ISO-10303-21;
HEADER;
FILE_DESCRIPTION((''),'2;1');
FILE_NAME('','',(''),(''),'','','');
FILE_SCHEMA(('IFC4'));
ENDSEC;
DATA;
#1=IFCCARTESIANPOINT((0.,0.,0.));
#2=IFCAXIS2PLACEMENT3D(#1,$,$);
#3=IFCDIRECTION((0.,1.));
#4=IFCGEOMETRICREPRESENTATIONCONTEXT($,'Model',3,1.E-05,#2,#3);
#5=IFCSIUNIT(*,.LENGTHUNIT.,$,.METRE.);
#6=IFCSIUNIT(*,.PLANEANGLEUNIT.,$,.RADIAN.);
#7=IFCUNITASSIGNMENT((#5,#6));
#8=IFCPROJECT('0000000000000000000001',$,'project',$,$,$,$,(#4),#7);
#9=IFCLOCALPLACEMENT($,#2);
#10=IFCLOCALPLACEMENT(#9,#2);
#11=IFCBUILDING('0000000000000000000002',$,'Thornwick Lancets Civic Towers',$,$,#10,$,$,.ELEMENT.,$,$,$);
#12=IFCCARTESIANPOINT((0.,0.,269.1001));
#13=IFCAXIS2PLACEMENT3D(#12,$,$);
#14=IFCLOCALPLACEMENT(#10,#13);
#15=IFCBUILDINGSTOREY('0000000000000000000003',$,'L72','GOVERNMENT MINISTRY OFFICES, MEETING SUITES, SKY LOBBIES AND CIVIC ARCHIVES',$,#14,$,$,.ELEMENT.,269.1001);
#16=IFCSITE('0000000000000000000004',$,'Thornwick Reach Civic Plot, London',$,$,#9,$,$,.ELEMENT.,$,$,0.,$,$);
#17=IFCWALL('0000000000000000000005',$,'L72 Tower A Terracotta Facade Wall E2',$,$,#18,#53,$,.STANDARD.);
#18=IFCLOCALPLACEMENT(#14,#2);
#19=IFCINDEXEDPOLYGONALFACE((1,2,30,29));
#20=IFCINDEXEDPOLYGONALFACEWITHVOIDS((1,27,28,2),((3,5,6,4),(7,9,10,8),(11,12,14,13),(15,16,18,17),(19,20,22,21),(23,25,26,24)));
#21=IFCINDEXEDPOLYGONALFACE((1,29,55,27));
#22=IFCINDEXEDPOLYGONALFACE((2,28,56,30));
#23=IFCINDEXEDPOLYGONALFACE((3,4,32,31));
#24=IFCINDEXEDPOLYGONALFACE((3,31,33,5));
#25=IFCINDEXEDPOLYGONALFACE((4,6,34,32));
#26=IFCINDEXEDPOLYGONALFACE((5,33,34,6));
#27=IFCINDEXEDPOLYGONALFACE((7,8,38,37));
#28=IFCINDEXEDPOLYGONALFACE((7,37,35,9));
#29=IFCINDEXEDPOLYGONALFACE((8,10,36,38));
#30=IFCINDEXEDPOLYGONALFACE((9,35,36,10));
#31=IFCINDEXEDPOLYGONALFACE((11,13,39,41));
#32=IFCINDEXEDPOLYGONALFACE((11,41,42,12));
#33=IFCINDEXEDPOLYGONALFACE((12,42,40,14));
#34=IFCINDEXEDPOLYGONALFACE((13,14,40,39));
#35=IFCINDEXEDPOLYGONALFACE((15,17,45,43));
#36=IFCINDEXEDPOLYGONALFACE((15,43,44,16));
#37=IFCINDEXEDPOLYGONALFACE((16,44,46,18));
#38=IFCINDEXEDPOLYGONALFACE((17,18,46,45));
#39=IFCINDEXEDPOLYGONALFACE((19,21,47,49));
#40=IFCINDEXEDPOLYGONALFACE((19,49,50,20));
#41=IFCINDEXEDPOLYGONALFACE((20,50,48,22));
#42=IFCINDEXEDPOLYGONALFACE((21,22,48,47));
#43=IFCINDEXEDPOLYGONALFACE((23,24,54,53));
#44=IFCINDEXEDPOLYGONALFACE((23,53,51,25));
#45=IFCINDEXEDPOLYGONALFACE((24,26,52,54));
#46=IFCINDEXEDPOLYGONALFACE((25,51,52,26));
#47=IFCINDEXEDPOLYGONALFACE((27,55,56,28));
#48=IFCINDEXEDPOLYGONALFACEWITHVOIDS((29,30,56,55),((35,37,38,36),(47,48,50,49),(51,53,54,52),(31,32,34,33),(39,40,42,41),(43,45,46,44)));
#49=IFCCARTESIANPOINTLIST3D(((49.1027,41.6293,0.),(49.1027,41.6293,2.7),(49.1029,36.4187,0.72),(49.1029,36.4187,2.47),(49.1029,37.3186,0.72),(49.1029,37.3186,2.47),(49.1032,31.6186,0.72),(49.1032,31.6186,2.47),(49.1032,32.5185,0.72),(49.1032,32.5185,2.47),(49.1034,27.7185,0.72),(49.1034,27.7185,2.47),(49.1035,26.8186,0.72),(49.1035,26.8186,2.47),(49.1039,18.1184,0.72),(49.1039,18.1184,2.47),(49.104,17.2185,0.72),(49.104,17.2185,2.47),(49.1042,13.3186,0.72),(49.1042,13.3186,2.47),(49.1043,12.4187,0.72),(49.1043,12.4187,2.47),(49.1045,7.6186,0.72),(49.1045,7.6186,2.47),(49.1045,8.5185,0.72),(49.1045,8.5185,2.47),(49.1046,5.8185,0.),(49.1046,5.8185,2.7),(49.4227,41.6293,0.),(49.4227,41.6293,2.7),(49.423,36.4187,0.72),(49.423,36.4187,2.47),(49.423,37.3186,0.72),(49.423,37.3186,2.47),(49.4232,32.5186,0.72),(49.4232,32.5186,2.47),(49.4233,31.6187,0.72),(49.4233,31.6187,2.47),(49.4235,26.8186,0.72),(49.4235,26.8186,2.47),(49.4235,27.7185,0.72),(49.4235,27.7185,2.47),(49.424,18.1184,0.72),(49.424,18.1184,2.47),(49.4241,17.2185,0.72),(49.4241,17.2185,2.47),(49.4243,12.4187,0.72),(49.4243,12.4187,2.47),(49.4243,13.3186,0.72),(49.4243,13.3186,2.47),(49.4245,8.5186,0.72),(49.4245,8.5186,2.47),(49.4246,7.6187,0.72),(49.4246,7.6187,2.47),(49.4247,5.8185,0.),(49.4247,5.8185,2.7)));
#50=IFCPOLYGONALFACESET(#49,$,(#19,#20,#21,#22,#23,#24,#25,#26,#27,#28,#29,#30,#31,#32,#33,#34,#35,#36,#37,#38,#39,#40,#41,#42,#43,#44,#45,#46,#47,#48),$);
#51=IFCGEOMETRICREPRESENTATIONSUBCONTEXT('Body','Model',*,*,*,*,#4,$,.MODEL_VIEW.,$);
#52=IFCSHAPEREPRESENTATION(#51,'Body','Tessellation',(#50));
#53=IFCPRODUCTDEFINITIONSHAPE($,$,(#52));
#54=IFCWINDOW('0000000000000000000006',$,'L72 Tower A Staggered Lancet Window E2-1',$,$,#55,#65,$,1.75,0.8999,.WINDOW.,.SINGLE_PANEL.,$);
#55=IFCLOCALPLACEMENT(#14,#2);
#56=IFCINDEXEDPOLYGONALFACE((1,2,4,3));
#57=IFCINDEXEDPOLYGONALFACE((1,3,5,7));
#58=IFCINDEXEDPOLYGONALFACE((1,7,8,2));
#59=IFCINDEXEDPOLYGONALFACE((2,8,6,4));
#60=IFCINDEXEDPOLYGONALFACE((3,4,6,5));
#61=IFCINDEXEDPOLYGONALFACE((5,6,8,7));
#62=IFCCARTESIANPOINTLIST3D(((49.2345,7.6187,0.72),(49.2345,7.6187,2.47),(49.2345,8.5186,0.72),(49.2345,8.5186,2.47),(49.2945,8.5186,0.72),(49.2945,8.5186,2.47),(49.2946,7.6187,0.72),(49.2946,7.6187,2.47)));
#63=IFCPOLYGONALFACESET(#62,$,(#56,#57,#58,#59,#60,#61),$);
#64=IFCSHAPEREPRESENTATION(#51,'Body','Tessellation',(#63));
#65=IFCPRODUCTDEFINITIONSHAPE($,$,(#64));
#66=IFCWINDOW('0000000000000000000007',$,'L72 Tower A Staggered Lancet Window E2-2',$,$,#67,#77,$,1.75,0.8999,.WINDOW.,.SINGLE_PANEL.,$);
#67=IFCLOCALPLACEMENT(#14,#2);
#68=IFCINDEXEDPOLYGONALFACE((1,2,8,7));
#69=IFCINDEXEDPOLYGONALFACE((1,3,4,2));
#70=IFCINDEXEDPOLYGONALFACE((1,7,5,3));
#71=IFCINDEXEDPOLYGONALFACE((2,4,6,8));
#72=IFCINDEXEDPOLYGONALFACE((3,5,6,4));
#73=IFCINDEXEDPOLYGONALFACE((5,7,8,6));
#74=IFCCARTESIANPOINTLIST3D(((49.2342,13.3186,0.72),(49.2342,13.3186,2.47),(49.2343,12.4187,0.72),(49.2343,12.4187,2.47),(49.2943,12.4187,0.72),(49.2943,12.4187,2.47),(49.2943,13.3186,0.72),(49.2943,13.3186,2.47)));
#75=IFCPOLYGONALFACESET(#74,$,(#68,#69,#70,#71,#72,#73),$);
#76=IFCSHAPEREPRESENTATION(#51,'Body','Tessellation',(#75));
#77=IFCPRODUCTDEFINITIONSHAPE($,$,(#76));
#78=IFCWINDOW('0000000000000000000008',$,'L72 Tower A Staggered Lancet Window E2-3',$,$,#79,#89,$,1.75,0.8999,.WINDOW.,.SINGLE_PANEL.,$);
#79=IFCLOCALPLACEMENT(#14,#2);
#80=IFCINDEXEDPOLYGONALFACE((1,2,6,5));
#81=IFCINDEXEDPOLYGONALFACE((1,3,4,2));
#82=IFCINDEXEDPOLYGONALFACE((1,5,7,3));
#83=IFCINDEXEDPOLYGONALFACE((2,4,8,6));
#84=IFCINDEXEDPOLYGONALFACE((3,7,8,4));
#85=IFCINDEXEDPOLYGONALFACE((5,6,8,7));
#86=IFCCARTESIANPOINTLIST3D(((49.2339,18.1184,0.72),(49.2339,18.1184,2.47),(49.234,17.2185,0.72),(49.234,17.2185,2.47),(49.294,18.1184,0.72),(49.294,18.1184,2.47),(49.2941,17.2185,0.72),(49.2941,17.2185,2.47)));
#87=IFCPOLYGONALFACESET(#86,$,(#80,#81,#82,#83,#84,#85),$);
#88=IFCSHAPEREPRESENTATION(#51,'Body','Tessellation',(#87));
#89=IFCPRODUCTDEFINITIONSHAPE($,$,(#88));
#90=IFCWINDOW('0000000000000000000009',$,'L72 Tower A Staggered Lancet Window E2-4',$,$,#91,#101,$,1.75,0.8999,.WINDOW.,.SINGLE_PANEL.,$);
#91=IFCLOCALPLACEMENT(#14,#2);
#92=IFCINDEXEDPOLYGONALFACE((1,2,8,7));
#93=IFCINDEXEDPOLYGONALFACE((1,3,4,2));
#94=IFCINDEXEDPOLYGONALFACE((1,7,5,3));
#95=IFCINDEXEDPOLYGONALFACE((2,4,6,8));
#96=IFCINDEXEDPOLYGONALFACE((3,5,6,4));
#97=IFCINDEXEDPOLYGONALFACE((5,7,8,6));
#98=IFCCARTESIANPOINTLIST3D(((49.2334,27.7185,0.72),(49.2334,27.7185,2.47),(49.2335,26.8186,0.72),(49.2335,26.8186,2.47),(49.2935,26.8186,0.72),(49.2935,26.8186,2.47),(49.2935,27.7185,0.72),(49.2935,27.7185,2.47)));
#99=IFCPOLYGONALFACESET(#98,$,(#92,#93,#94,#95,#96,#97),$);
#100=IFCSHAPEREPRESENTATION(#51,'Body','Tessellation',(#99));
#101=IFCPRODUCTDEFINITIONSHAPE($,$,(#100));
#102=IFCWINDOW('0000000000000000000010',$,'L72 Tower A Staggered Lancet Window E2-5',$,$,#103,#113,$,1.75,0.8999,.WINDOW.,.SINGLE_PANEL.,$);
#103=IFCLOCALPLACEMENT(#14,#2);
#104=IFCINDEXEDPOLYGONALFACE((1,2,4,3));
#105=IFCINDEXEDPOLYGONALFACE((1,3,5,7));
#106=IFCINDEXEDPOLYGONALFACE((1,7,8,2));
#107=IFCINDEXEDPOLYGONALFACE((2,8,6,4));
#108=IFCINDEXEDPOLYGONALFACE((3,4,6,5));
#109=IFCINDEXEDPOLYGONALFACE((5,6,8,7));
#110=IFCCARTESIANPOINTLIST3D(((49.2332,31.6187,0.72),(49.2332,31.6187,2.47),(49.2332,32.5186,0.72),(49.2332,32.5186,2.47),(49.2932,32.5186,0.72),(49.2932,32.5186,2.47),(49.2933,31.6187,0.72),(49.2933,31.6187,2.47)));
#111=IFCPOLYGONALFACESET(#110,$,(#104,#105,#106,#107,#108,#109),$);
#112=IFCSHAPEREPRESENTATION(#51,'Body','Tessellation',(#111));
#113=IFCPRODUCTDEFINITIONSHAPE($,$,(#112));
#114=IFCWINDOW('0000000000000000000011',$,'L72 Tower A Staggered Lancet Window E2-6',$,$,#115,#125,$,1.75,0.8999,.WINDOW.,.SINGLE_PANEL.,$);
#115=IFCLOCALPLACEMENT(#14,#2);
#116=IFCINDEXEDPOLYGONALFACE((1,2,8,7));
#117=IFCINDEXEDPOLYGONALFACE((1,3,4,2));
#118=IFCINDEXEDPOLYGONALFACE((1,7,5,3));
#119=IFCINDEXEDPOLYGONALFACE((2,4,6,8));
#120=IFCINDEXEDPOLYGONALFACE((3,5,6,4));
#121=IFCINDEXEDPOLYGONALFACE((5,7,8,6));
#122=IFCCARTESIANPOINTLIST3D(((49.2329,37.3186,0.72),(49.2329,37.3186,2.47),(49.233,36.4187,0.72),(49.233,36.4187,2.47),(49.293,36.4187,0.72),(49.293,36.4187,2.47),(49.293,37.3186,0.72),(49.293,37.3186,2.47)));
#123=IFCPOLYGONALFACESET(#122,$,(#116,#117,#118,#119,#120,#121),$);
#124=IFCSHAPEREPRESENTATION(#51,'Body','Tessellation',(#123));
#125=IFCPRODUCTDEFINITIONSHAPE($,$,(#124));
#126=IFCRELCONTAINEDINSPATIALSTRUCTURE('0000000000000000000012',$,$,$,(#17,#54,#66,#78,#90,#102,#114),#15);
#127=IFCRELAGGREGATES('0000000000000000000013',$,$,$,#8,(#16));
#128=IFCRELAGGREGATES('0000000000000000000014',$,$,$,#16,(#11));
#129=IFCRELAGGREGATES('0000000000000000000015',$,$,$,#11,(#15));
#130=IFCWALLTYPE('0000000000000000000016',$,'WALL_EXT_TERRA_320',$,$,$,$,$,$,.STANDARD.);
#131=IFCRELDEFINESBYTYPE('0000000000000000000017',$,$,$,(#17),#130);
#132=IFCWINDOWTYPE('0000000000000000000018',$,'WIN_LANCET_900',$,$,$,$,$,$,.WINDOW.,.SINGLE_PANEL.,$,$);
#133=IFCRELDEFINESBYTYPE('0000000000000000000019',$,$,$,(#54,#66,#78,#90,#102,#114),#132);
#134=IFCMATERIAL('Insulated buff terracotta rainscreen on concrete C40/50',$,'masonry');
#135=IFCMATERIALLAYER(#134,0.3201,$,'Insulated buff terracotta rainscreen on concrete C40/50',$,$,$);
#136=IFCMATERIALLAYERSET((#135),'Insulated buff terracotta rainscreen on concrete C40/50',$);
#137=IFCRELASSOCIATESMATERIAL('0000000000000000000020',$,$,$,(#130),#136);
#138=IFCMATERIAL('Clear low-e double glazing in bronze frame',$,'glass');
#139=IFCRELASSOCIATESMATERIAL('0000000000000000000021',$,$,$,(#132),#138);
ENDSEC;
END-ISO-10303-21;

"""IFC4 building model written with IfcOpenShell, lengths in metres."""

from ifc_helpers import new_model, si_unit, direction, frame, frame_2d, origin, place, context, subcontext, project, spatial, rectangle, extrude, material, layer, layer_set, type_object, element, fill, save


model = new_model("IFC4")

# Units and contexts
model_context = context("Model", 3, precision=1e-05, world=origin(), true_north=direction((0.0, 1.0)))
body_context = subcontext(model_context, "Body", "Model", "MODEL_VIEW")
ifc_project = project(units=[si_unit("LENGTHUNIT", "METRE"), si_unit("PLANEANGLEUNIT", "RADIAN")], contexts=[model_context])

# Site, building, storey
site_placement = place(None, origin())
site = spatial("IfcSite", under=ifc_project, at=site_placement, Name="Thornwick Reach Civic Plot, London", CompositionType="ELEMENT", RefElevation=0.0)
building_placement = place(site_placement, origin())
building = spatial("IfcBuilding", under=site, at=building_placement, Name="Thornwick Lancets Civic Towers", CompositionType="ELEMENT")
storey_placement = place(building_placement, frame((0.0, 0.0, 269.1001)))
storey = spatial("IfcBuildingStorey", under=building, at=storey_placement, Name="L72", Description="GOVERNMENT MINISTRY OFFICES, MEETING SUITES, SKY LOBBIES AND CIVIC ARCHIVES", CompositionType="ELEMENT", Elevation=269.1001)

# Wall, openings, windows
ifc_material_1 = material(Name="Insulated buff terracotta rainscreen on concrete C40/50", Category="masonry")
ifc_layer_1 = layer(ifc_material_1, 0.3201, Name="Insulated buff terracotta rainscreen on concrete C40/50")
ifc_layer_set_1 = layer_set([ifc_layer_1], Name="Insulated buff terracotta rainscreen on concrete C40/50")
wall_type_1 = type_object("IfcWallType", Name="WALL_EXT_TERRA_320", PredefinedType="STANDARD", material=ifc_layer_set_1)
wall_1_placement = place(storey_placement, frame((49.2646, 5.8186, 0.0), z_axis=(0.0, 0.0, 1.0), x_axis=(-0.000055, 1.0, 0.0)))
wall_1 = element("IfcWall", 1, at=wall_1_placement, inside=storey, type_object=wall_type_1, Name="L72 Tower A Terracotta Facade Wall E2", PredefinedType="STANDARD", context=body_context, shape_type="SweptSolid", body=[
    extrude(rectangle(XDim=35.8108, YDim=0.3201, at=frame_2d((17.9053, 0.0))), origin(), (0.0, 0.0, 1.0), 2.7),
])
opening_1_placement = place(wall_1_placement, frame((1.8, 0.0, 0.72)))
opening_1 = element("IfcOpeningElement", 2, at=opening_1_placement, cuts=wall_1, PredefinedType="OPENING", context=body_context, shape_type="SweptSolid", body=[
    extrude(rectangle(XDim=0.8999, YDim=1.75, at=frame_2d((0.45, 0.875))), frame((0.0, 0.1699, 0.0), z_axis=(0.0, -1.0, 0.0), x_axis=(1.0, 0.0, 0.0)), (0.0, 0.0, 1.0), 0.3401),
])
opening_2_placement = place(wall_1_placement, frame((6.6001, 0.0, 0.72)))
opening_2 = element("IfcOpeningElement", 3, at=opening_2_placement, cuts=wall_1, PredefinedType="OPENING", context=body_context, shape_type="SweptSolid", body=[
    extrude(rectangle(XDim=0.8999, YDim=1.75, at=frame_2d((0.45, 0.875))), frame((0.0, 0.1699, 0.0), z_axis=(0.0, -1.0, 0.0), x_axis=(1.0, 0.0, 0.0)), (0.0, 0.0, 1.0), 0.3401),
])
opening_3_placement = place(wall_1_placement, frame((11.3999, 0.0, 0.72)))
opening_3 = element("IfcOpeningElement", 4, at=opening_3_placement, cuts=wall_1, PredefinedType="OPENING", context=body_context, shape_type="SweptSolid", body=[
    extrude(rectangle(XDim=0.8999, YDim=1.75, at=frame_2d((0.45, 0.875))), frame((0.0, 0.1699, 0.0), z_axis=(0.0, -1.0, 0.0), x_axis=(1.0, 0.0, 0.0)), (0.0, 0.0, 1.0), 0.3401),
])
opening_4_placement = place(wall_1_placement, frame((21.0, 0.0, 0.72)))
opening_4 = element("IfcOpeningElement", 5, at=opening_4_placement, cuts=wall_1, PredefinedType="OPENING", context=body_context, shape_type="SweptSolid", body=[
    extrude(rectangle(XDim=0.8999, YDim=1.75, at=frame_2d((0.45, 0.875))), frame((0.0, 0.1699, 0.0), z_axis=(0.0, -1.0, 0.0), x_axis=(1.0, 0.0, 0.0)), (0.0, 0.0, 1.0), 0.3401),
])
opening_5_placement = place(wall_1_placement, frame((25.8, 0.0, 0.72)))
opening_5 = element("IfcOpeningElement", 6, at=opening_5_placement, cuts=wall_1, PredefinedType="OPENING", context=body_context, shape_type="SweptSolid", body=[
    extrude(rectangle(XDim=0.8999, YDim=1.75, at=frame_2d((0.45, 0.875))), frame((0.0, 0.1699, 0.0), z_axis=(0.0, -1.0, 0.0), x_axis=(1.0, 0.0, 0.0)), (0.0, 0.0, 1.0), 0.3401),
])
opening_6_placement = place(wall_1_placement, frame((30.6001, 0.0, 0.72)))
opening_6 = element("IfcOpeningElement", 7, at=opening_6_placement, cuts=wall_1, PredefinedType="OPENING", context=body_context, shape_type="SweptSolid", body=[
    extrude(rectangle(XDim=0.8999, YDim=1.75, at=frame_2d((0.45, 0.875))), frame((0.0, 0.1699, 0.0), z_axis=(0.0, -1.0, 0.0), x_axis=(1.0, 0.0, 0.0)), (0.0, 0.0, 1.0), 0.3401),
])
ifc_material_2 = material(Name="Clear low-e double glazing in bronze frame", Category="glass")
window_type = type_object("IfcWindowType", Name="WIN_LANCET_900", PartitioningType="SINGLE_PANEL", PredefinedType="WINDOW", material=ifc_material_2)
window_1_placement = place(opening_1_placement, origin())
window_1 = element("IfcWindow", 8, at=window_1_placement, inside=storey, type_object=window_type, Name="L72 Tower A Staggered Lancet Window E2-1", OverallHeight=1.75, OverallWidth=0.8999, PartitioningType="SINGLE_PANEL", PredefinedType="WINDOW", context=body_context, shape_type="SweptSolid", body=[
    extrude(rectangle(XDim=0.8999, YDim=1.75, at=frame_2d((0.45, 0.875))), frame((0.0, 0.03, 0.0), z_axis=(0.0, -1.0, 0.0), x_axis=(1.0, 0.0, 0.0)), (0.0, 0.0, 1.0), 0.0601),
])
fill(opening_1, window_1)
window_2_placement = place(opening_2_placement, origin())
window_2 = element("IfcWindow", 9, at=window_2_placement, inside=storey, type_object=window_type, Name="L72 Tower A Staggered Lancet Window E2-2", OverallHeight=1.75, OverallWidth=0.8999, PartitioningType="SINGLE_PANEL", PredefinedType="WINDOW", context=body_context, shape_type="SweptSolid", body=[
    extrude(rectangle(XDim=0.8999, YDim=1.75, at=frame_2d((0.45, 0.875))), frame((0.0, 0.03, 0.0), z_axis=(0.0, -1.0, 0.0), x_axis=(1.0, 0.0, 0.0)), (0.0, 0.0, 1.0), 0.0601),
])
fill(opening_2, window_2)
window_3_placement = place(opening_3_placement, origin())
window_3 = element("IfcWindow", 10, at=window_3_placement, inside=storey, type_object=window_type, Name="L72 Tower A Staggered Lancet Window E2-3", OverallHeight=1.75, OverallWidth=0.8999, PartitioningType="SINGLE_PANEL", PredefinedType="WINDOW", context=body_context, shape_type="SweptSolid", body=[
    extrude(rectangle(XDim=0.8999, YDim=1.75, at=frame_2d((0.45, 0.875))), frame((0.0, 0.03, 0.0), z_axis=(0.0, -1.0, 0.0), x_axis=(1.0, 0.0, 0.0)), (0.0, 0.0, 1.0), 0.0601),
])
fill(opening_3, window_3)
window_4_placement = place(opening_4_placement, origin())
window_4 = element("IfcWindow", 11, at=window_4_placement, inside=storey, type_object=window_type, Name="L72 Tower A Staggered Lancet Window E2-4", OverallHeight=1.75, OverallWidth=0.8999, PartitioningType="SINGLE_PANEL", PredefinedType="WINDOW", context=body_context, shape_type="SweptSolid", body=[
    extrude(rectangle(XDim=0.8999, YDim=1.75, at=frame_2d((0.45, 0.875))), frame((0.0, 0.03, 0.0), z_axis=(0.0, -1.0, 0.0), x_axis=(1.0, 0.0, 0.0)), (0.0, 0.0, 1.0), 0.0601),
])
fill(opening_4, window_4)
window_5_placement = place(opening_5_placement, origin())
window_5 = element("IfcWindow", 12, at=window_5_placement, inside=storey, type_object=window_type, Name="L72 Tower A Staggered Lancet Window E2-5", OverallHeight=1.75, OverallWidth=0.8999, PartitioningType="SINGLE_PANEL", PredefinedType="WINDOW", context=body_context, shape_type="SweptSolid", body=[
    extrude(rectangle(XDim=0.8999, YDim=1.75, at=frame_2d((0.45, 0.875))), frame((0.0, 0.03, 0.0), z_axis=(0.0, -1.0, 0.0), x_axis=(1.0, 0.0, 0.0)), (0.0, 0.0, 1.0), 0.0601),
])
fill(opening_5, window_5)
window_6_placement = place(opening_6_placement, origin())
window_6 = element("IfcWindow", 13, at=window_6_placement, inside=storey, type_object=window_type, Name="L72 Tower A Staggered Lancet Window E2-6", OverallHeight=1.75, OverallWidth=0.8999, PartitioningType="SINGLE_PANEL", PredefinedType="WINDOW", context=body_context, shape_type="SweptSolid", body=[
    extrude(rectangle(XDim=0.8999, YDim=1.75, at=frame_2d((0.45, 0.875))), frame((0.0, 0.03, 0.0), z_axis=(0.0, -1.0, 0.0), x_axis=(1.0, 0.0, 0.0)), (0.0, 0.0, 1.0), 0.0601),
])
fill(opening_6, window_6)

save(model, "model.ifc")
